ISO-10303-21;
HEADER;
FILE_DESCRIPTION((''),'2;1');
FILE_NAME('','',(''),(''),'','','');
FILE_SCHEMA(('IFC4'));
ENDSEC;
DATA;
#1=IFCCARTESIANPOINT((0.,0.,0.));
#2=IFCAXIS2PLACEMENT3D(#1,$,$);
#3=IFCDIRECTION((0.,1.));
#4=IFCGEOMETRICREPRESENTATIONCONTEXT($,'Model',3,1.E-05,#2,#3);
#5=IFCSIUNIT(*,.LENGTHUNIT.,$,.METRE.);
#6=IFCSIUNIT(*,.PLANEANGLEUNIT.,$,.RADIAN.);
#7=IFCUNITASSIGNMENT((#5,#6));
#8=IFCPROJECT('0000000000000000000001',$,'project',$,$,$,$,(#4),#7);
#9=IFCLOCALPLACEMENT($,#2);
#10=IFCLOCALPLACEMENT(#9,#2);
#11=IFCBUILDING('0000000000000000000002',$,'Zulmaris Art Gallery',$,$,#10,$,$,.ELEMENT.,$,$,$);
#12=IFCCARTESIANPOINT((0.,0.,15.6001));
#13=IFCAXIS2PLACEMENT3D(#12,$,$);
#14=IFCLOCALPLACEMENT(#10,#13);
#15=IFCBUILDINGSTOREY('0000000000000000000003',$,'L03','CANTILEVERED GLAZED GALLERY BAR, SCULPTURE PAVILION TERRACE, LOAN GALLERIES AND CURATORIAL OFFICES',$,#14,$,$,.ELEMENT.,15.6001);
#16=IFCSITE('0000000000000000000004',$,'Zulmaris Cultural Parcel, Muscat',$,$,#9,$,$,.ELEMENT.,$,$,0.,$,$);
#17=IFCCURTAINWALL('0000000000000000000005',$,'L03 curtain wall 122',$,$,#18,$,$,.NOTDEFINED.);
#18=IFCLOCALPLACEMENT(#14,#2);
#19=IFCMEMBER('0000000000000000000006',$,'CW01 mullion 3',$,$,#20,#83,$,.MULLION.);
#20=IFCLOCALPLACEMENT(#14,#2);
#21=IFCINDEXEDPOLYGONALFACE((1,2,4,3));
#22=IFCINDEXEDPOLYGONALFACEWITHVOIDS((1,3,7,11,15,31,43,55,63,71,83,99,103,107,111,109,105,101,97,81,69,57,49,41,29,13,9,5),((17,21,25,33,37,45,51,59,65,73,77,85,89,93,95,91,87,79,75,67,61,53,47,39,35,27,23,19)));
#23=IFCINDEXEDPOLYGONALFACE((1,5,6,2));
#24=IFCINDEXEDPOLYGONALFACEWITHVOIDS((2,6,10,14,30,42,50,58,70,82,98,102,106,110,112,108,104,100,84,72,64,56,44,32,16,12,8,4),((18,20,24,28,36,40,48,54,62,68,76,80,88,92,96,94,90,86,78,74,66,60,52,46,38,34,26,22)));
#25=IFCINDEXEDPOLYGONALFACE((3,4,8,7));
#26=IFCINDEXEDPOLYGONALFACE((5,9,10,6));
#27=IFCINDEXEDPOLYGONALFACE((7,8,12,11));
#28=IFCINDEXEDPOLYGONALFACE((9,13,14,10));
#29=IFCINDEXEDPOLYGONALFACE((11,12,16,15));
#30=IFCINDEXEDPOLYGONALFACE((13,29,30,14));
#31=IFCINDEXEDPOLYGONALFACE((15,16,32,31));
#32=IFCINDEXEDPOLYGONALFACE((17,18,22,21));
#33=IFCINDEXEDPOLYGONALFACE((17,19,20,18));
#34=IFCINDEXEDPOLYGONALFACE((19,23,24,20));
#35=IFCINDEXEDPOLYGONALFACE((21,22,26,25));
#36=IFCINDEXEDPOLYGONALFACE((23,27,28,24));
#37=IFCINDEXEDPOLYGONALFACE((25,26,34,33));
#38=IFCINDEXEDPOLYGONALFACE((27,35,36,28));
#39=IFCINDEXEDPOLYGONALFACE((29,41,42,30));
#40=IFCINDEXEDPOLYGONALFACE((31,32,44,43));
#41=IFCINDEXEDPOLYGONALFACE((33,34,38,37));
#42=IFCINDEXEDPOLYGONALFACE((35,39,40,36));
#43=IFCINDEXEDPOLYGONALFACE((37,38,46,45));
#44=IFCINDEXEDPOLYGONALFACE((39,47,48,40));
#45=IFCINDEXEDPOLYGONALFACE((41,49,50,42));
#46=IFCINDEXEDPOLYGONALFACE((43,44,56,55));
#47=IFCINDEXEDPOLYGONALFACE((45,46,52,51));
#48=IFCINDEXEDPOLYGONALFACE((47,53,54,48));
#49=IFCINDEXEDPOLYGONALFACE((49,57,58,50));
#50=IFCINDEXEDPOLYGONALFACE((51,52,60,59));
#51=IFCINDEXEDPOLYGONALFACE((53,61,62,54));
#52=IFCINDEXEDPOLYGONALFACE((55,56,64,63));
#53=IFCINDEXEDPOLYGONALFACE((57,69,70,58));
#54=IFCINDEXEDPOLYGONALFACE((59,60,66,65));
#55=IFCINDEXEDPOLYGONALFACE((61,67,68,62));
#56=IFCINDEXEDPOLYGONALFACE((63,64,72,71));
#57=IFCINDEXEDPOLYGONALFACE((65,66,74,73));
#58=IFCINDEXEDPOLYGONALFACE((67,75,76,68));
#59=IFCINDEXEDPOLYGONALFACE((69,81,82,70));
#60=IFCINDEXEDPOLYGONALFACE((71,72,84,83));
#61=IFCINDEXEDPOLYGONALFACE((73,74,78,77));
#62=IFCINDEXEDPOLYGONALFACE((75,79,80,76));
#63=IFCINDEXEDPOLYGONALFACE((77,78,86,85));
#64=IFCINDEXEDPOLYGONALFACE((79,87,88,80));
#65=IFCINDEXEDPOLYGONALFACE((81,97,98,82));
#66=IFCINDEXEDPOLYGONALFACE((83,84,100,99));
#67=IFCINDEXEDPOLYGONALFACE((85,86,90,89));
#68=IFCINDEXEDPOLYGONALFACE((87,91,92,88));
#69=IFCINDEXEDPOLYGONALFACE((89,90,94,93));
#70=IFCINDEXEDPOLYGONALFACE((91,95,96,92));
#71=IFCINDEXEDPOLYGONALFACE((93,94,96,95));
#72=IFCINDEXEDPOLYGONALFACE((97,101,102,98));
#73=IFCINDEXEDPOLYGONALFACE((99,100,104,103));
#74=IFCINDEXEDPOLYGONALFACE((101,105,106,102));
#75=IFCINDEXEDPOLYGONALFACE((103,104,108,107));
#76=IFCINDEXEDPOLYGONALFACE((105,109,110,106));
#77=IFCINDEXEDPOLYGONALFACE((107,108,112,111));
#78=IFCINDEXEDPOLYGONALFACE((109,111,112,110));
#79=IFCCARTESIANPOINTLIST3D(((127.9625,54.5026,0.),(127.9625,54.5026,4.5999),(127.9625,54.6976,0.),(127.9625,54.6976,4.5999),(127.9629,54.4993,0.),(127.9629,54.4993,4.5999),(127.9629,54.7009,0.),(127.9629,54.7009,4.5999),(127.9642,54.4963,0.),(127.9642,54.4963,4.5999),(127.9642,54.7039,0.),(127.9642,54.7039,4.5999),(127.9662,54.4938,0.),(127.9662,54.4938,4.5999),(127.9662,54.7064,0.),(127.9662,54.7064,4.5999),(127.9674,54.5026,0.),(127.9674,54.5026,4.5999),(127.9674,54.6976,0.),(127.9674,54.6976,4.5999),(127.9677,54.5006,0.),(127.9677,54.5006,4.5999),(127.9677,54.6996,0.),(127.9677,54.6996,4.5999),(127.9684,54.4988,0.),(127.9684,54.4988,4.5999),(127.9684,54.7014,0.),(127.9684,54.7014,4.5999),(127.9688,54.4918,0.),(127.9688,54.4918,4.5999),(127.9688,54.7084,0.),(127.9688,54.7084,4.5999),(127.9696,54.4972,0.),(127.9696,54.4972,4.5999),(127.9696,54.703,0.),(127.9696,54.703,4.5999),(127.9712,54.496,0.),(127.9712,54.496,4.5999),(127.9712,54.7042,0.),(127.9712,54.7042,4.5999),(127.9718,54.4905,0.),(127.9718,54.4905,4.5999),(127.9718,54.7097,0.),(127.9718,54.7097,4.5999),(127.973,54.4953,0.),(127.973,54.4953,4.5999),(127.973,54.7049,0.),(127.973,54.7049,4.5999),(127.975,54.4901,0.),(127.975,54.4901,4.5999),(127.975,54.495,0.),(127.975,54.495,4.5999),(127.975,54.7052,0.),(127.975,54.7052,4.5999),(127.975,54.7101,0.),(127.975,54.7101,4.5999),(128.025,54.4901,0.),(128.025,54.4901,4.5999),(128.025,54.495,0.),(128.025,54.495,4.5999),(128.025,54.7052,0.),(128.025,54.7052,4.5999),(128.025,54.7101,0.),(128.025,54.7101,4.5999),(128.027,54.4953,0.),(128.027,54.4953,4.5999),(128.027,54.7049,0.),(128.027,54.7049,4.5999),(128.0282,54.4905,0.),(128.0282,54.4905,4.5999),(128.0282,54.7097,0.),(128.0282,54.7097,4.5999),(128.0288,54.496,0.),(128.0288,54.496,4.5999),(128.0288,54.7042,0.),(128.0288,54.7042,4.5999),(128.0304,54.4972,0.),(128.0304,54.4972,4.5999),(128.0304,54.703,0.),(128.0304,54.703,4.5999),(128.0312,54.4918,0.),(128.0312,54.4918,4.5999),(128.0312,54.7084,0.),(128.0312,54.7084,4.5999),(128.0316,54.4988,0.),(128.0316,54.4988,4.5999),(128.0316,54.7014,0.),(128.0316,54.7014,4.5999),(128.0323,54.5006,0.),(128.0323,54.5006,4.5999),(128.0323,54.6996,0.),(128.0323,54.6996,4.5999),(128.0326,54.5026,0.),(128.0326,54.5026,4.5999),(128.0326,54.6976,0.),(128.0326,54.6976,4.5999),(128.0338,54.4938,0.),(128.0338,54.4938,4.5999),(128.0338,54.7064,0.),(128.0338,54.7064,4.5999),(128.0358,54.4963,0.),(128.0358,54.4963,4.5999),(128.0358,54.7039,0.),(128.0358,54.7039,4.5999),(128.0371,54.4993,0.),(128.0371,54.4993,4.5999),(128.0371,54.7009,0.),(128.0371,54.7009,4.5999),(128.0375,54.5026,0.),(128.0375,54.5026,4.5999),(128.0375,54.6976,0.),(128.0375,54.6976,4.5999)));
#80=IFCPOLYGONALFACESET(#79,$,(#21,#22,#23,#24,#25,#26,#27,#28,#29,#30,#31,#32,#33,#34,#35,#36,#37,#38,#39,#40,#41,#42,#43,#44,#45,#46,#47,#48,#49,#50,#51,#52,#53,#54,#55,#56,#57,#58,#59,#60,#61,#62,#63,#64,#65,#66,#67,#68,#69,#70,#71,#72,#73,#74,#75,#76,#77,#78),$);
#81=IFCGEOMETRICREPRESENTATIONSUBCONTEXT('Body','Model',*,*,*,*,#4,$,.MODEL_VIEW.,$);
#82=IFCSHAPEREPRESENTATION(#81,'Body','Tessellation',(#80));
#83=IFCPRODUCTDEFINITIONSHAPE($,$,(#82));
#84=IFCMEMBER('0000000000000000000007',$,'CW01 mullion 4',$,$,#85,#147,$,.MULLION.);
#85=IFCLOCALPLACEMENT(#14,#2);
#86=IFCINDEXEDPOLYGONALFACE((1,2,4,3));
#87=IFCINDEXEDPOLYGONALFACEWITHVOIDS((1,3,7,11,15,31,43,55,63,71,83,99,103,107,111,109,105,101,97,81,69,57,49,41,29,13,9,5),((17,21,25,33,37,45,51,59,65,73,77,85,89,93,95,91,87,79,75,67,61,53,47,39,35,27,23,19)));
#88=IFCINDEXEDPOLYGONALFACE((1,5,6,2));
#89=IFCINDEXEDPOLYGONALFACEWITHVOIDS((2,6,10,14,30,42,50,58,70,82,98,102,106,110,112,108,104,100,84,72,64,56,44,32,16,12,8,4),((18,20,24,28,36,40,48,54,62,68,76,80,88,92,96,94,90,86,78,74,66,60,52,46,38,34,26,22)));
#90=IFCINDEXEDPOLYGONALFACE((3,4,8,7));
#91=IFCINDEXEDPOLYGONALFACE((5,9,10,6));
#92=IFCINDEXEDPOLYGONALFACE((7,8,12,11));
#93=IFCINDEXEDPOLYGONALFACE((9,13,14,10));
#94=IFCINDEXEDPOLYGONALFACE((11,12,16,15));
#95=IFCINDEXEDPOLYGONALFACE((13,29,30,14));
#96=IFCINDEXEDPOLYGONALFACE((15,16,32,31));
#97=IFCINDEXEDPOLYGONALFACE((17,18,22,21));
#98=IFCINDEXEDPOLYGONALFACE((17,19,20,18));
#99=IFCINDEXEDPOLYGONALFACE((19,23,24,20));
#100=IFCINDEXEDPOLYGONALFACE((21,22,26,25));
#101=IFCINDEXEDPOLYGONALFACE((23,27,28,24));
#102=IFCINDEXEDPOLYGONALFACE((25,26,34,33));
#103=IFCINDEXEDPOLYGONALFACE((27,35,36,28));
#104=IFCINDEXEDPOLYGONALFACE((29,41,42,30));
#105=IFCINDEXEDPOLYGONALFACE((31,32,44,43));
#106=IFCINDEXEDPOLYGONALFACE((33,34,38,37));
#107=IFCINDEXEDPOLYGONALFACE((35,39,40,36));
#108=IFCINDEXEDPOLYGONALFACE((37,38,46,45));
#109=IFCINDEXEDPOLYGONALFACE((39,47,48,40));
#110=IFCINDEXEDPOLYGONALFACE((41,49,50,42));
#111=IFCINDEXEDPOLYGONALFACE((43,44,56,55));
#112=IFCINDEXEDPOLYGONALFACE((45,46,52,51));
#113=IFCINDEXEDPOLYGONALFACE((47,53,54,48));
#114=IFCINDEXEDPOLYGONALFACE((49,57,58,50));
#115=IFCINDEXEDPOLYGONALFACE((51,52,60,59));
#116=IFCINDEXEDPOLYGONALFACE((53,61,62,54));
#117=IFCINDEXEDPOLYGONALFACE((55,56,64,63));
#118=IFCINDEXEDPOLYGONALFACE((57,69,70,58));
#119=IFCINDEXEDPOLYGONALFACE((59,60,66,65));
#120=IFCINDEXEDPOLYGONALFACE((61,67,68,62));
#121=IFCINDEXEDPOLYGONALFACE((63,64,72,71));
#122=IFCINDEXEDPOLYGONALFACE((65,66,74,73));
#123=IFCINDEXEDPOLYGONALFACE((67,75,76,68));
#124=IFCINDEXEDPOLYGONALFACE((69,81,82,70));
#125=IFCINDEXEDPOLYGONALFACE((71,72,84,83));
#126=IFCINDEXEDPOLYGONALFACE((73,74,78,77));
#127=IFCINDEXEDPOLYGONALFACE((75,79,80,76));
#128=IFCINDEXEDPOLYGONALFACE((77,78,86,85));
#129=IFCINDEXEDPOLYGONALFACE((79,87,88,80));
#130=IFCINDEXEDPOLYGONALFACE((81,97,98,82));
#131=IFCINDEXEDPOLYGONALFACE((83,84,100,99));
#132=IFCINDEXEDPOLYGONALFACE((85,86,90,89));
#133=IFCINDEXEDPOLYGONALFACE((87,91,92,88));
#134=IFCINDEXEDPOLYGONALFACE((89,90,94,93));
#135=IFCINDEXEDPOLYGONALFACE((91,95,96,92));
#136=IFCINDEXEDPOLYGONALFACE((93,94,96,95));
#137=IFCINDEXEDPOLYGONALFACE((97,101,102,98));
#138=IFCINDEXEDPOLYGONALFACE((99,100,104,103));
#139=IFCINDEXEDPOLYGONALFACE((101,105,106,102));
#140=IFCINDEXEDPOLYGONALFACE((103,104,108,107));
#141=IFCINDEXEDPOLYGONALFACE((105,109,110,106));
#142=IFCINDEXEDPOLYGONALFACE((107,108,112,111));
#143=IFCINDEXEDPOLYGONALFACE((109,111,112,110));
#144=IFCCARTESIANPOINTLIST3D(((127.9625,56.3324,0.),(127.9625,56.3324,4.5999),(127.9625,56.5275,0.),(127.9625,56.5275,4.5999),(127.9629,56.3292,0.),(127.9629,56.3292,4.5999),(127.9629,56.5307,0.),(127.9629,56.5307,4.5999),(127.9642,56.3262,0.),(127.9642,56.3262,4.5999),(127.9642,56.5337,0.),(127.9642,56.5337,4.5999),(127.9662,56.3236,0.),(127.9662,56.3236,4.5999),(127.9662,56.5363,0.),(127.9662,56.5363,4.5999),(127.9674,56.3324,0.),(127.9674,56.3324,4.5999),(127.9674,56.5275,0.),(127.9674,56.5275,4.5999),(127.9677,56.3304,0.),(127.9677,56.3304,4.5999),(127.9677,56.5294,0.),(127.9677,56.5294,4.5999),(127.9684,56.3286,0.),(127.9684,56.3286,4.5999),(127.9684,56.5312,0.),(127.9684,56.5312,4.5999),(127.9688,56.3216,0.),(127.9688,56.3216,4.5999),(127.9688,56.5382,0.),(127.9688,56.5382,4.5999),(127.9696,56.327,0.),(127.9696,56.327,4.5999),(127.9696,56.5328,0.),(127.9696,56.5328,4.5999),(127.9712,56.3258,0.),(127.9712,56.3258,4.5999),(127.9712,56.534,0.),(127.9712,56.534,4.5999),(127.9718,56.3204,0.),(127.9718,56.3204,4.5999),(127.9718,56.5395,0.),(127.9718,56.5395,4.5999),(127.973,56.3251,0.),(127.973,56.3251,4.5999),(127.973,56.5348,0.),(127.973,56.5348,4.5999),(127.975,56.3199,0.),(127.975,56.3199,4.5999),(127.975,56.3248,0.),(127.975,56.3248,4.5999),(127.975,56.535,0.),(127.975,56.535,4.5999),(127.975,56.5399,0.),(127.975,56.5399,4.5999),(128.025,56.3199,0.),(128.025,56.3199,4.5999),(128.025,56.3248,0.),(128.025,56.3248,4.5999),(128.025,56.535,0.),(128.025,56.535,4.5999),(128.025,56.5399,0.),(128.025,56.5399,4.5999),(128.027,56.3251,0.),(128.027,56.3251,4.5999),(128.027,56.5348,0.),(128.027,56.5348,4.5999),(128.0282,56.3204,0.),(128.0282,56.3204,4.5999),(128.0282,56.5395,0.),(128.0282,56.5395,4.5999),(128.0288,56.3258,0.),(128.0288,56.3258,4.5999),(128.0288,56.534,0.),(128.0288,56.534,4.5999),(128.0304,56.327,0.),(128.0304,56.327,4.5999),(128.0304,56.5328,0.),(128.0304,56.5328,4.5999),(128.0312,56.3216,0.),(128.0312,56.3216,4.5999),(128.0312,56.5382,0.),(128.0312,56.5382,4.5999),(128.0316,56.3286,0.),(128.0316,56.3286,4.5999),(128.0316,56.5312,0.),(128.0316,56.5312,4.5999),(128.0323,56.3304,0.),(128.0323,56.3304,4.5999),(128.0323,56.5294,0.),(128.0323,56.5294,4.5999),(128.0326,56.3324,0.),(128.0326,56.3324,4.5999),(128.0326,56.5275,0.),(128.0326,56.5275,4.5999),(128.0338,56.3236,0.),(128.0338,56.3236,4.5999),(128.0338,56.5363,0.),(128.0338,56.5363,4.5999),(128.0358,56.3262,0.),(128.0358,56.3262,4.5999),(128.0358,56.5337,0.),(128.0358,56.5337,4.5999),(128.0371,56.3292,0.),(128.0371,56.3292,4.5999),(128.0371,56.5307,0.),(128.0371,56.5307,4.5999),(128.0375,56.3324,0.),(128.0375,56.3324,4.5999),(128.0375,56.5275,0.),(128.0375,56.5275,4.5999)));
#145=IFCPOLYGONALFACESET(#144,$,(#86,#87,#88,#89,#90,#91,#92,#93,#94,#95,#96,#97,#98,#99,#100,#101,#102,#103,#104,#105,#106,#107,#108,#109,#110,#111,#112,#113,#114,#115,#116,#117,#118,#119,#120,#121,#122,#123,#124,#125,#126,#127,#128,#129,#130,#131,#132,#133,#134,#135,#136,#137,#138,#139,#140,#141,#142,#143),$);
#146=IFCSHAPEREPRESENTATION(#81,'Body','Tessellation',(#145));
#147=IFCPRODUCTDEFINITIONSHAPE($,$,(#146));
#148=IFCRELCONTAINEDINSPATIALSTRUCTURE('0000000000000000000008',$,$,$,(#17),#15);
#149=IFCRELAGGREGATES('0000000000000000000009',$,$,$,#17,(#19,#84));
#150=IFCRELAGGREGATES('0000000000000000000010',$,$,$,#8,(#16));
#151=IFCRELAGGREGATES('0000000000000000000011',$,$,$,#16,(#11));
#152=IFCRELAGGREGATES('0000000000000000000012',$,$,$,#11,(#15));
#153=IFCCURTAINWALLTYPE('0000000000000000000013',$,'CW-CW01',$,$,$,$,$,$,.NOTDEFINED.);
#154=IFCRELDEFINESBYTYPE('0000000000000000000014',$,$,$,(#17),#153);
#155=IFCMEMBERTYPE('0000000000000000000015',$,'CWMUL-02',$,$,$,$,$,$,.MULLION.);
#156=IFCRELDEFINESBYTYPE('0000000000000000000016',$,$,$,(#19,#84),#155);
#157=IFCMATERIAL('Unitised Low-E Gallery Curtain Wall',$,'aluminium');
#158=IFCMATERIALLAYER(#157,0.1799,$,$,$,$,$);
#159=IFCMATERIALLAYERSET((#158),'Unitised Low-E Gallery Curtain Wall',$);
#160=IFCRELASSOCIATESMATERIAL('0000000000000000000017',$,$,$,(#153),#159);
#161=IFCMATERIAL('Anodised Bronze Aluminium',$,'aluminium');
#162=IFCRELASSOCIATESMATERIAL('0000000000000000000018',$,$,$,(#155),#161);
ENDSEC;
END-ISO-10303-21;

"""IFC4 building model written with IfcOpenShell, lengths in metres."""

from ifc_helpers import new_model, si_unit, direction, frame, origin, origin_2d, place, context, subcontext, project, spatial, hollow_rectangle, extrude, material, layer, layer_set, material_profile, profile_set, type_object, element, aggregate, save


model = new_model("IFC4")

# Units and contexts
model_context = context("Model", 3, precision=1e-05, world=origin(), true_north=direction((0.0, 1.0)))
body_context = subcontext(model_context, "Body", "Model", "MODEL_VIEW")
ifc_project = project(units=[si_unit("LENGTHUNIT", "METRE"), si_unit("PLANEANGLEUNIT", "RADIAN")], contexts=[model_context])

# Site, building, storey
site_placement = place(None, origin())
site = spatial("IfcSite", under=ifc_project, at=site_placement, Name="Zulmaris Cultural Parcel, Muscat", CompositionType="ELEMENT", RefElevation=0.0)
building_placement = place(site_placement, origin())
building = spatial("IfcBuilding", under=site, at=building_placement, Name="Zulmaris Art Gallery", CompositionType="ELEMENT")
storey_placement = place(building_placement, frame((0.0, 0.0, 15.6001)))
storey = spatial("IfcBuildingStorey", under=building, at=storey_placement, Name="L03", Description="CANTILEVERED GLAZED GALLERY BAR, SCULPTURE PAVILION TERRACE, LOAN GALLERIES AND CURATORIAL OFFICES", CompositionType="ELEMENT", Elevation=15.6001)

# Curtain wall, members
ifc_material_1 = material(Name="Unitised Low-E Gallery Curtain Wall", Category="aluminium")
ifc_layer_1 = layer(ifc_material_1, 0.1799)
ifc_layer_set_1 = layer_set([ifc_layer_1], Name="Unitised Low-E Gallery Curtain Wall")
curtain_wall_type = type_object("IfcCurtainWallType", Name="CW-CW01", PredefinedType="NOTDEFINED", material=ifc_layer_set_1)
curtain_wall_placement = place(storey_placement, origin())
curtain_wall = element("IfcCurtainWall", 1, at=curtain_wall_placement, inside=storey, type_object=curtain_wall_type, Name="L03 curtain wall 122", PredefinedType="NOTDEFINED")
ifc_material_2 = material(Name="Anodised Bronze Aluminium", Category="aluminium")
ifc_material_profile_1 = material_profile(ifc_material_2, hollow_rectangle(XDim=0.075, YDim=0.22, WallThickness=0.0049, InnerFilletRadius=0.0076, OuterFilletRadius=0.0125, at=origin_2d()), Name="ALU 75x220x5")
ifc_profile_set_1 = profile_set([ifc_material_profile_1], Name="Anodised Bronze Aluminium")
member_type_1 = type_object("IfcMemberType", Name="CWMUL-02", PredefinedType="MULLION", material=ifc_profile_set_1)
member_1_placement = place(storey_placement, frame((128.0, 54.6001, 0.0), z_axis=(0.0, 0.0, 1.0), x_axis=(-1.0, 0.0, 0.0)))
member_1 = element("IfcMember", 2, at=member_1_placement, type_object=member_type_1, Name="CW01 mullion 3", PredefinedType="MULLION", context=body_context, shape_type="SweptSolid", body=[
    extrude(hollow_rectangle(XDim=0.075, YDim=0.22, WallThickness=0.0049, InnerFilletRadius=0.0076, OuterFilletRadius=0.0125, at=origin_2d()), origin(), (0.0, 0.0, 1.0), 4.5999),
])
member_2_placement = place(storey_placement, frame((128.0, 56.4299, 0.0), z_axis=(0.0, 0.0, 1.0), x_axis=(-1.0, 0.0, 0.0)))
member_2 = element("IfcMember", 3, at=member_2_placement, type_object=member_type_1, Name="CW01 mullion 4", PredefinedType="MULLION", context=body_context, shape_type="SweptSolid", body=[
    extrude(hollow_rectangle(XDim=0.075, YDim=0.22, WallThickness=0.0049, InnerFilletRadius=0.0076, OuterFilletRadius=0.0125, at=origin_2d()), origin(), (0.0, 0.0, 1.0), 4.5999),
])
aggregate(curtain_wall, [member_1, member_2])

save(model, "model.ifc")
